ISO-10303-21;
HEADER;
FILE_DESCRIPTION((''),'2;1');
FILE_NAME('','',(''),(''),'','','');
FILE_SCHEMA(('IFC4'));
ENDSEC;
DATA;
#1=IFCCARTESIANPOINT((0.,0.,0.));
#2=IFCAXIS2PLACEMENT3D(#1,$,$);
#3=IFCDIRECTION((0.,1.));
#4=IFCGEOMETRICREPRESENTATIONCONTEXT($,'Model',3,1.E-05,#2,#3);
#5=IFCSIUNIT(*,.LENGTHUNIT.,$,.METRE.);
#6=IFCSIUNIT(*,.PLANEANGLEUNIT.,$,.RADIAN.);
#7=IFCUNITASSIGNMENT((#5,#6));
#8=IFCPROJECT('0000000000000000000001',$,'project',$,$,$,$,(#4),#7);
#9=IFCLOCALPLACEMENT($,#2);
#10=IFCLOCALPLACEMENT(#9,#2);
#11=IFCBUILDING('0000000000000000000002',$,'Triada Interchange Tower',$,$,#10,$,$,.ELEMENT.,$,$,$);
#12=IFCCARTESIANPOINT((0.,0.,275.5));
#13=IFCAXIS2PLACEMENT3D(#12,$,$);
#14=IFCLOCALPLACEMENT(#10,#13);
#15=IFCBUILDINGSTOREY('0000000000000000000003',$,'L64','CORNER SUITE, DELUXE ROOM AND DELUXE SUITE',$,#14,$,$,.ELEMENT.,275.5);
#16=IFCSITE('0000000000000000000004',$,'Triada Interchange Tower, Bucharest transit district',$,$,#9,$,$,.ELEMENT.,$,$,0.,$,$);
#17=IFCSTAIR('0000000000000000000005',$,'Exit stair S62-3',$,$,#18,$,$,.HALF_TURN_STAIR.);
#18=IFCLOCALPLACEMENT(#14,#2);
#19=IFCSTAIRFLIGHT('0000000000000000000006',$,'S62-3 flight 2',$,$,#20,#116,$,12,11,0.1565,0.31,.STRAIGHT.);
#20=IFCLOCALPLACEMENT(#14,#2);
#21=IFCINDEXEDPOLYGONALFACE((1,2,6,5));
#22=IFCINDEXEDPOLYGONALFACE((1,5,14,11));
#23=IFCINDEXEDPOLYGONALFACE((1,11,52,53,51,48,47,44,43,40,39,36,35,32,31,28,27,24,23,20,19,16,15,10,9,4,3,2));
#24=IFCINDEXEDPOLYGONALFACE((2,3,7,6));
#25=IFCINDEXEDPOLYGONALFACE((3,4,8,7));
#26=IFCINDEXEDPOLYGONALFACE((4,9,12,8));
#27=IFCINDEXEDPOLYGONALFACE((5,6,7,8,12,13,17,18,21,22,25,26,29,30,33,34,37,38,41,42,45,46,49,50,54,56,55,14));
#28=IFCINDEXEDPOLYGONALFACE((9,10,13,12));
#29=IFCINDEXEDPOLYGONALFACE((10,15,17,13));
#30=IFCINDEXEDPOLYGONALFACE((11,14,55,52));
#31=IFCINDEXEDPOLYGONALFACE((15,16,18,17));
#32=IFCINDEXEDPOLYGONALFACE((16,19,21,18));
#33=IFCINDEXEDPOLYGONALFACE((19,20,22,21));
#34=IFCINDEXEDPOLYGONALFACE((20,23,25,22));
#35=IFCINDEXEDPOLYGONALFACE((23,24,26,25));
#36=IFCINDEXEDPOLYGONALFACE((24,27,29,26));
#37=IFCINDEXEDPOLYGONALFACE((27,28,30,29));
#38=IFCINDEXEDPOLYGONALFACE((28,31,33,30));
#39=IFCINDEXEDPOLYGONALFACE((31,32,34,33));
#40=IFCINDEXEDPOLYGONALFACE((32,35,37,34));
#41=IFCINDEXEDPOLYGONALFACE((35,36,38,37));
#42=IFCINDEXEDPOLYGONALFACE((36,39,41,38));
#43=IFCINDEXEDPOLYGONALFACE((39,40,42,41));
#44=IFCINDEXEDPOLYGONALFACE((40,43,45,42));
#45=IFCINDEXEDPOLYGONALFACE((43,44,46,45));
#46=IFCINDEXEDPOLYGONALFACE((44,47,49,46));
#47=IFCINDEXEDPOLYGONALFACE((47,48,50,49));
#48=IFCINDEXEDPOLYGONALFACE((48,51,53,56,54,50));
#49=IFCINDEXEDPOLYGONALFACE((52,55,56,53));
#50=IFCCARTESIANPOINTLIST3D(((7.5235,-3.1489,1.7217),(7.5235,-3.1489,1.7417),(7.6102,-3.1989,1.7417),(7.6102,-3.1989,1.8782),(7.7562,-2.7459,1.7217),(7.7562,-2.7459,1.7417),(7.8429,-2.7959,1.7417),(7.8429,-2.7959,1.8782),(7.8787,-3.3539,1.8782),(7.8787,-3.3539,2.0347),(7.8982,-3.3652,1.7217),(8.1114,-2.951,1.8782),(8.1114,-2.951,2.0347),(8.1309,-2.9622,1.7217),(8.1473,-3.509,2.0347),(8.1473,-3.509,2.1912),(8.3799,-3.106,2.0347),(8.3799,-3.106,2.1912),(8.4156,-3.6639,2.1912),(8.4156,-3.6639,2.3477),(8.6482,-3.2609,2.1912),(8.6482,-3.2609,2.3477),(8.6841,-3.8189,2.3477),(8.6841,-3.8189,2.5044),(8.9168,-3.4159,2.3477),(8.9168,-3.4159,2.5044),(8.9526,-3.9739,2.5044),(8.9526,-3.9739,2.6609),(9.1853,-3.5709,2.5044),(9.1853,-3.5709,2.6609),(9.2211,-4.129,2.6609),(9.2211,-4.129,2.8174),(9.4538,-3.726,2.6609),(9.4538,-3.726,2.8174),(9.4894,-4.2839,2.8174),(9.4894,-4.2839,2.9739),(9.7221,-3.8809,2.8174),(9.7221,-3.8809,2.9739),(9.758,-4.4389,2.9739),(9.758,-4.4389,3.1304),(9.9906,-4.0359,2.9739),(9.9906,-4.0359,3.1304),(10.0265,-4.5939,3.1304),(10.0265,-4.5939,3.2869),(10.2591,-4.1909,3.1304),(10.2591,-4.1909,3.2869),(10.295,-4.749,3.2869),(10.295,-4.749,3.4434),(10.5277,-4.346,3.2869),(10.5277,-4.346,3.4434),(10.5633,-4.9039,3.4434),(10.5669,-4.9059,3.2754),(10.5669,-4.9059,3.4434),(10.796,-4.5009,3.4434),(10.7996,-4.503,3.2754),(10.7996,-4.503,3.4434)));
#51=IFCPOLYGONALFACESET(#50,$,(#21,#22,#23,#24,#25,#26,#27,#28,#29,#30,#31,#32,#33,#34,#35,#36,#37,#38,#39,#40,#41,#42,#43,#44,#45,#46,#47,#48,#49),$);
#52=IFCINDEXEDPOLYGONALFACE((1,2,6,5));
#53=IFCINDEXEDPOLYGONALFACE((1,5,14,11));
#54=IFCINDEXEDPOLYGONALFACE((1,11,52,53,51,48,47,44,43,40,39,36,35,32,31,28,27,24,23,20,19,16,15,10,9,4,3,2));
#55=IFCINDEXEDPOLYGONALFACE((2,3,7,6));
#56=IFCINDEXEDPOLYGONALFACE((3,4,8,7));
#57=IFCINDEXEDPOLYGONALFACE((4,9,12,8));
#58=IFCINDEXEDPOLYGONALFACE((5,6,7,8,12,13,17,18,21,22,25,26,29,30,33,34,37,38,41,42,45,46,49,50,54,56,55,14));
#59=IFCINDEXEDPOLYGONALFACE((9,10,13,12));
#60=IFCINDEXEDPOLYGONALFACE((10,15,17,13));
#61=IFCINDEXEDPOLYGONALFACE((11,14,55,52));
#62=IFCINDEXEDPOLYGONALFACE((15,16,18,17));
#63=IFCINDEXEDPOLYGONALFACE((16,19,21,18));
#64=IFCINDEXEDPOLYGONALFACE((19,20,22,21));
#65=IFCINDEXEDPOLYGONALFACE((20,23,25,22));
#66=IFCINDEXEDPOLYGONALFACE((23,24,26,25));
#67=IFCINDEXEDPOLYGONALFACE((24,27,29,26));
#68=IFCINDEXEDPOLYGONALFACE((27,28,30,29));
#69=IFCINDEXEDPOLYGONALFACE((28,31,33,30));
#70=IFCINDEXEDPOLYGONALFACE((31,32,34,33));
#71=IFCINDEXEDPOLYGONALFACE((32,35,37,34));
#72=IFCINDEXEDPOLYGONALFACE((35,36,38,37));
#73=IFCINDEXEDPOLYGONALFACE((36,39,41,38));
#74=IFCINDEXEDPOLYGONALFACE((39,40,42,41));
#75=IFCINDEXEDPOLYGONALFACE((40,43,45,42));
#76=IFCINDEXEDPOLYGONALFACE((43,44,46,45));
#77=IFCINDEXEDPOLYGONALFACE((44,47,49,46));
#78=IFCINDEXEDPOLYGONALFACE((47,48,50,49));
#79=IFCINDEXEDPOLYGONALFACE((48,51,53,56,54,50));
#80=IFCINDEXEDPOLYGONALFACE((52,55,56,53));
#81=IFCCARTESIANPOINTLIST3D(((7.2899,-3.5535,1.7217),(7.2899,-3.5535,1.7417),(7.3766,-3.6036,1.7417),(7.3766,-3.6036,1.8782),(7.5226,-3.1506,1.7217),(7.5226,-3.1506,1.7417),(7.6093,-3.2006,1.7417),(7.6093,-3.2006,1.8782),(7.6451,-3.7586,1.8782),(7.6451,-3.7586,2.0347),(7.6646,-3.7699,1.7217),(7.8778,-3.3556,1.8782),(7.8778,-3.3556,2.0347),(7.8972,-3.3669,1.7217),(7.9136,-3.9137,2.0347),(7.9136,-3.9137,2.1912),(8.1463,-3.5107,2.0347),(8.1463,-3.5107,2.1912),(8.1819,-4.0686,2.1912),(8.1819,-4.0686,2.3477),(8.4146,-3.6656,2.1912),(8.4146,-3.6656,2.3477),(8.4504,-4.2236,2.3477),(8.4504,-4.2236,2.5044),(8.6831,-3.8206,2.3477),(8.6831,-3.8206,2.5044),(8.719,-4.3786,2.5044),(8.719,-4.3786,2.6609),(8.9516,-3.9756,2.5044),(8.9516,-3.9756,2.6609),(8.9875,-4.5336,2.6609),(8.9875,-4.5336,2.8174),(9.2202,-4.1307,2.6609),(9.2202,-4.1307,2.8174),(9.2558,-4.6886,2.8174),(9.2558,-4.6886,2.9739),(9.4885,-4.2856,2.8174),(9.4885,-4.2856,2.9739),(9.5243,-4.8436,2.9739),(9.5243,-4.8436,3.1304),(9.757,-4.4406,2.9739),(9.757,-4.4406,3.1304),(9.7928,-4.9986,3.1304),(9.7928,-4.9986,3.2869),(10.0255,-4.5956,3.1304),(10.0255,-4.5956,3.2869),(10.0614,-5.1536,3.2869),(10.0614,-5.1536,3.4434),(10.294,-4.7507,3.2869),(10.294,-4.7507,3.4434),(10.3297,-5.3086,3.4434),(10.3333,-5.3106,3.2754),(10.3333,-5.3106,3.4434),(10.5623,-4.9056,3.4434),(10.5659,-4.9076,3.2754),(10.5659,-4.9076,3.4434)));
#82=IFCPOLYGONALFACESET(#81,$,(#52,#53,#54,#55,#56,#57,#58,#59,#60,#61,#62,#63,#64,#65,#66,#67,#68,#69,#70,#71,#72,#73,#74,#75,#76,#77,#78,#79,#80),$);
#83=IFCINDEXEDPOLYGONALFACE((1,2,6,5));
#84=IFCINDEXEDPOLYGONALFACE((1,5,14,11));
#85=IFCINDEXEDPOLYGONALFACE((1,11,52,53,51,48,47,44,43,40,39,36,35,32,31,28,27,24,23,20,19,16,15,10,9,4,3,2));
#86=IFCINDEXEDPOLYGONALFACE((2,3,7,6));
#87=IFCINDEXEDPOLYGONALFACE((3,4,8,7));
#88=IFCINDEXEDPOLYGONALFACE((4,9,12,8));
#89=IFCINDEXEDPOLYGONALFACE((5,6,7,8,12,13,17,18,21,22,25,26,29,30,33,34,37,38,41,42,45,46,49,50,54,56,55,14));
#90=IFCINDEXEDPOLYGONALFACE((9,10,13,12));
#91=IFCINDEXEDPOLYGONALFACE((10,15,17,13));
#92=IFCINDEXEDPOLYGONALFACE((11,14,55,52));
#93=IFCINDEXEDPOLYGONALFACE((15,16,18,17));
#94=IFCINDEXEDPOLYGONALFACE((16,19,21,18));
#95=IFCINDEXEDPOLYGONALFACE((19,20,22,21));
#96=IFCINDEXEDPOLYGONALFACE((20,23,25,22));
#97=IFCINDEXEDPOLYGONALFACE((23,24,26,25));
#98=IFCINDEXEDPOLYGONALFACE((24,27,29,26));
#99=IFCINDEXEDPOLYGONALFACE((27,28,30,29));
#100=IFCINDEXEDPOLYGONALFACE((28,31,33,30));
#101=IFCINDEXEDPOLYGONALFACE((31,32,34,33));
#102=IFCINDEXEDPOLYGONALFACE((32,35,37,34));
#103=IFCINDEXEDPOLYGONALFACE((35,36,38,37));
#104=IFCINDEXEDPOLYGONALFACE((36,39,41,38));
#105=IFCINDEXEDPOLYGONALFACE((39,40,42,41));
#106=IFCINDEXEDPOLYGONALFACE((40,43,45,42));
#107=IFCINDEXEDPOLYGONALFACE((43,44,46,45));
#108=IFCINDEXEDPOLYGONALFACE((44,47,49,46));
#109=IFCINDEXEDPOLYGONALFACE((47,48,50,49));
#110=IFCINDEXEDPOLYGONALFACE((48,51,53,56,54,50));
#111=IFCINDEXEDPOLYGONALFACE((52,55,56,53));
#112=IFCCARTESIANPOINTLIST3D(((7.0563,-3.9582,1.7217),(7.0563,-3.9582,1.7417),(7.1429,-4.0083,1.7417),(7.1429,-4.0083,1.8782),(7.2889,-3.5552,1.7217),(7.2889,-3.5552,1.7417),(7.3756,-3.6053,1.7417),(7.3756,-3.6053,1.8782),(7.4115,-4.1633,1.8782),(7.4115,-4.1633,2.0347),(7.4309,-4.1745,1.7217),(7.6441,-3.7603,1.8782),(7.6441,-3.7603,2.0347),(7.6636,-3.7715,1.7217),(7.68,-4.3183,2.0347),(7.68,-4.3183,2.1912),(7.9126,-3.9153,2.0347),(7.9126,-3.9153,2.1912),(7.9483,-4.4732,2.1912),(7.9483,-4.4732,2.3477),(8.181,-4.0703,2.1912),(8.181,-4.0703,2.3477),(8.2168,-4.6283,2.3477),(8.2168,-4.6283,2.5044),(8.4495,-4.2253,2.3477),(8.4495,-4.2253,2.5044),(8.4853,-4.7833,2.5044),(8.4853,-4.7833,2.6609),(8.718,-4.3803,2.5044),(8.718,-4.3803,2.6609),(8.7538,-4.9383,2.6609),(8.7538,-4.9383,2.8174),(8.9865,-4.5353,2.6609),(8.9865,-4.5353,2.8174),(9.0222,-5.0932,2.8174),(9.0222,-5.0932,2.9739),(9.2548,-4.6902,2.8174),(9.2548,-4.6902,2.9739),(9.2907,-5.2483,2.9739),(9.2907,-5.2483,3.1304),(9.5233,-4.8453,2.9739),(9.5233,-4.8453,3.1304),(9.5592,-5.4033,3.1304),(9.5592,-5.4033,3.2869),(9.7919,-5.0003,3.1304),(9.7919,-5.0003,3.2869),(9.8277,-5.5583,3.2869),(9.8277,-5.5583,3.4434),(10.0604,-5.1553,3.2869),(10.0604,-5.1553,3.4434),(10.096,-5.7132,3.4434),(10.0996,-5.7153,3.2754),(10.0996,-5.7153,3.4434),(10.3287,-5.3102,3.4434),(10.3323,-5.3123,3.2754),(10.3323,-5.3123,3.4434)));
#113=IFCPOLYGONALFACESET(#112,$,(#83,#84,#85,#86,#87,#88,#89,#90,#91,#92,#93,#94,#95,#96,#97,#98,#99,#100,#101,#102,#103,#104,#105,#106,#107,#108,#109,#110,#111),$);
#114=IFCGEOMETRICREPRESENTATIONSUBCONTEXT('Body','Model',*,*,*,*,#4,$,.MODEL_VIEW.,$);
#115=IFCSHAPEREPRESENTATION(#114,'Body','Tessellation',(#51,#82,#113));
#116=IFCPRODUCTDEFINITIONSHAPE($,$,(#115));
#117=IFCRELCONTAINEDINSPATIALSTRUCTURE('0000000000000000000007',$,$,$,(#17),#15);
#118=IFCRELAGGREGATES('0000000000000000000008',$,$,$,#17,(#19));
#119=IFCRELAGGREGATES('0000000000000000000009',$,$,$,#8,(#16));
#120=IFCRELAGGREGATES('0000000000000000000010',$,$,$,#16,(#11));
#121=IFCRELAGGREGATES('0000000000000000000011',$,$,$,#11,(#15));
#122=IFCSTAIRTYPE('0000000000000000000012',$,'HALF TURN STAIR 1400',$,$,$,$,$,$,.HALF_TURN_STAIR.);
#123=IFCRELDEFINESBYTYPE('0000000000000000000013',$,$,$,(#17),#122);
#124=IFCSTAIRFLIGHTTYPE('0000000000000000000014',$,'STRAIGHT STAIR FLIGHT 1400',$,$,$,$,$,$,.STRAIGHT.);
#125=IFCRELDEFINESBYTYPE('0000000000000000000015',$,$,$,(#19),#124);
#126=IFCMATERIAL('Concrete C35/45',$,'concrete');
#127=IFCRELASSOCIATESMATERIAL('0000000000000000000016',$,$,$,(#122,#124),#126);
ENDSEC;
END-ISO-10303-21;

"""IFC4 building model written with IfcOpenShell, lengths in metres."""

from ifc_helpers import new_model, si_unit, direction, frame, origin, place, context, subcontext, project, spatial, polyline, outline, extrude, material, type_object, element, aggregate, save


model = new_model("IFC4")

# Units and contexts
model_context = context("Model", 3, precision=1e-05, world=origin(), true_north=direction((0.0, 1.0)))
body_context = subcontext(model_context, "Body", "Model", "MODEL_VIEW")
ifc_project = project(units=[si_unit("LENGTHUNIT", "METRE"), si_unit("PLANEANGLEUNIT", "RADIAN")], contexts=[model_context])

# Site, building, storey
site_placement = place(None, origin())
site = spatial("IfcSite", under=ifc_project, at=site_placement, Name="Triada Interchange Tower, Bucharest transit district", CompositionType="ELEMENT", RefElevation=0.0)
building_placement = place(site_placement, origin())
building = spatial("IfcBuilding", under=site, at=building_placement, Name="Triada Interchange Tower", CompositionType="ELEMENT")
storey_placement = place(building_placement, frame((0.0, 0.0, 275.5)))
storey = spatial("IfcBuildingStorey", under=building, at=storey_placement, Name="L64", Description="CORNER SUITE, DELUXE ROOM AND DELUXE SUITE", CompositionType="ELEMENT", Elevation=275.5)

# Stair, stair flight
ifc_material_1 = material(Name="Concrete C35/45", Category="concrete")
stair_type = type_object("IfcStairType", Name="HALF TURN STAIR 1400", PredefinedType="HALF_TURN_STAIR", material=ifc_material_1)
stair_placement = place(storey_placement, origin())
stair = element("IfcStair", 1, at=stair_placement, inside=storey, type_object=stair_type, Name="Exit stair S62-3", PredefinedType="HALF_TURN_STAIR")
stair_flight_type = type_object("IfcStairFlightType", Name="STRAIGHT STAIR FLIGHT 1400", PredefinedType="STRAIGHT", material=ifc_material_1)
stair_flight_1_placement = place(storey_placement, frame((7.4929, -3.4021, 1.7217), z_axis=(0.0, 0.0, 1.0), x_axis=(0.866025, -0.5, 0.0)))
stair_flight_1 = element("IfcStairFlight", 2, at=stair_flight_1_placement, type_object=stair_flight_type, Name="S62-3 flight 2", NumberOfRisers=12, NumberOfTreads=11, PredefinedType="STRAIGHT", RiserHeight=0.1565, TreadLength=0.31, context=body_context, shape_type="SweptSolid", body=[
    extrude(outline(polyline([(-0.1001, 0.0), (-0.1001, 0.02), (0.0, 0.02), (0.0, 0.1565), (0.3101, 0.1565), (0.3101, 0.313), (0.6201, 0.313), (0.6201, 0.4695), (0.9299, 0.4695), (0.9299, 0.626), (1.24, 0.626), (1.24, 0.7827), (1.55, 0.7827), (1.55, 0.9392), (1.8601, 0.9392), (1.8601, 1.0957), (2.1699, 1.0957), (2.1699, 1.2522), (2.48, 1.2522), (2.48, 1.4087), (2.79, 1.4087), (2.79, 1.5652), (3.1001, 1.5652), (3.1001, 1.7217), (3.4099, 1.7217), (3.4141, 1.7217), (3.4141, 1.8782), (3.4141, 1.5537), (0.3325, 0.0), (-0.1001, 0.0)])), frame((0.0, 0.7, 0.0), z_axis=(0.0, -1.0, 0.0), x_axis=(1.0, 0.0, 0.0)), (0.0, 0.0, 1.0), 0.4653),
    extrude(outline(polyline([(-0.1001, 0.0), (-0.1001, 0.02), (0.0, 0.02), (0.0, 0.1565), (0.3101, 0.1565), (0.3101, 0.313), (0.6201, 0.313), (0.6201, 0.4695), (0.9299, 0.4695), (0.9299, 0.626), (1.24, 0.626), (1.24, 0.7827), (1.55, 0.7827), (1.55, 0.9392), (1.8601, 0.9392), (1.8601, 1.0957), (2.1699, 1.0957), (2.1699, 1.2522), (2.48, 1.2522), (2.48, 1.4087), (2.79, 1.4087), (2.79, 1.5652), (3.1001, 1.5652), (3.1001, 1.7217), (3.4099, 1.7217), (3.4141, 1.7217), (3.4141, 1.8782), (3.4141, 1.5537), (0.3325, 0.0), (-0.1001, 0.0)])), frame((0.0, 0.2327, 0.0), z_axis=(0.0, -1.0, 0.0), x_axis=(1.0, 0.0, 0.0)), (0.0, 0.0, 1.0), 0.4653),
    extrude(outline(polyline([(-0.1001, 0.0), (-0.1001, 0.02), (0.0, 0.02), (0.0, 0.1565), (0.3101, 0.1565), (0.3101, 0.313), (0.6201, 0.313), (0.6201, 0.4695), (0.9299, 0.4695), (0.9299, 0.626), (1.24, 0.626), (1.24, 0.7827), (1.55, 0.7827), (1.55, 0.9392), (1.8601, 0.9392), (1.8601, 1.0957), (2.1699, 1.0957), (2.1699, 1.2522), (2.48, 1.2522), (2.48, 1.4087), (2.79, 1.4087), (2.79, 1.5652), (3.1001, 1.5652), (3.1001, 1.7217), (3.4099, 1.7217), (3.4141, 1.7217), (3.4141, 1.8782), (3.4141, 1.5537), (0.3325, 0.0), (-0.1001, 0.0)])), frame((0.0, -0.2346, 0.0), z_axis=(0.0, -1.0, 0.0), x_axis=(1.0, 0.0, 0.0)), (0.0, 0.0, 1.0), 0.4653),
])
aggregate(stair, [stair_flight_1])

save(model, "model.ifc")
